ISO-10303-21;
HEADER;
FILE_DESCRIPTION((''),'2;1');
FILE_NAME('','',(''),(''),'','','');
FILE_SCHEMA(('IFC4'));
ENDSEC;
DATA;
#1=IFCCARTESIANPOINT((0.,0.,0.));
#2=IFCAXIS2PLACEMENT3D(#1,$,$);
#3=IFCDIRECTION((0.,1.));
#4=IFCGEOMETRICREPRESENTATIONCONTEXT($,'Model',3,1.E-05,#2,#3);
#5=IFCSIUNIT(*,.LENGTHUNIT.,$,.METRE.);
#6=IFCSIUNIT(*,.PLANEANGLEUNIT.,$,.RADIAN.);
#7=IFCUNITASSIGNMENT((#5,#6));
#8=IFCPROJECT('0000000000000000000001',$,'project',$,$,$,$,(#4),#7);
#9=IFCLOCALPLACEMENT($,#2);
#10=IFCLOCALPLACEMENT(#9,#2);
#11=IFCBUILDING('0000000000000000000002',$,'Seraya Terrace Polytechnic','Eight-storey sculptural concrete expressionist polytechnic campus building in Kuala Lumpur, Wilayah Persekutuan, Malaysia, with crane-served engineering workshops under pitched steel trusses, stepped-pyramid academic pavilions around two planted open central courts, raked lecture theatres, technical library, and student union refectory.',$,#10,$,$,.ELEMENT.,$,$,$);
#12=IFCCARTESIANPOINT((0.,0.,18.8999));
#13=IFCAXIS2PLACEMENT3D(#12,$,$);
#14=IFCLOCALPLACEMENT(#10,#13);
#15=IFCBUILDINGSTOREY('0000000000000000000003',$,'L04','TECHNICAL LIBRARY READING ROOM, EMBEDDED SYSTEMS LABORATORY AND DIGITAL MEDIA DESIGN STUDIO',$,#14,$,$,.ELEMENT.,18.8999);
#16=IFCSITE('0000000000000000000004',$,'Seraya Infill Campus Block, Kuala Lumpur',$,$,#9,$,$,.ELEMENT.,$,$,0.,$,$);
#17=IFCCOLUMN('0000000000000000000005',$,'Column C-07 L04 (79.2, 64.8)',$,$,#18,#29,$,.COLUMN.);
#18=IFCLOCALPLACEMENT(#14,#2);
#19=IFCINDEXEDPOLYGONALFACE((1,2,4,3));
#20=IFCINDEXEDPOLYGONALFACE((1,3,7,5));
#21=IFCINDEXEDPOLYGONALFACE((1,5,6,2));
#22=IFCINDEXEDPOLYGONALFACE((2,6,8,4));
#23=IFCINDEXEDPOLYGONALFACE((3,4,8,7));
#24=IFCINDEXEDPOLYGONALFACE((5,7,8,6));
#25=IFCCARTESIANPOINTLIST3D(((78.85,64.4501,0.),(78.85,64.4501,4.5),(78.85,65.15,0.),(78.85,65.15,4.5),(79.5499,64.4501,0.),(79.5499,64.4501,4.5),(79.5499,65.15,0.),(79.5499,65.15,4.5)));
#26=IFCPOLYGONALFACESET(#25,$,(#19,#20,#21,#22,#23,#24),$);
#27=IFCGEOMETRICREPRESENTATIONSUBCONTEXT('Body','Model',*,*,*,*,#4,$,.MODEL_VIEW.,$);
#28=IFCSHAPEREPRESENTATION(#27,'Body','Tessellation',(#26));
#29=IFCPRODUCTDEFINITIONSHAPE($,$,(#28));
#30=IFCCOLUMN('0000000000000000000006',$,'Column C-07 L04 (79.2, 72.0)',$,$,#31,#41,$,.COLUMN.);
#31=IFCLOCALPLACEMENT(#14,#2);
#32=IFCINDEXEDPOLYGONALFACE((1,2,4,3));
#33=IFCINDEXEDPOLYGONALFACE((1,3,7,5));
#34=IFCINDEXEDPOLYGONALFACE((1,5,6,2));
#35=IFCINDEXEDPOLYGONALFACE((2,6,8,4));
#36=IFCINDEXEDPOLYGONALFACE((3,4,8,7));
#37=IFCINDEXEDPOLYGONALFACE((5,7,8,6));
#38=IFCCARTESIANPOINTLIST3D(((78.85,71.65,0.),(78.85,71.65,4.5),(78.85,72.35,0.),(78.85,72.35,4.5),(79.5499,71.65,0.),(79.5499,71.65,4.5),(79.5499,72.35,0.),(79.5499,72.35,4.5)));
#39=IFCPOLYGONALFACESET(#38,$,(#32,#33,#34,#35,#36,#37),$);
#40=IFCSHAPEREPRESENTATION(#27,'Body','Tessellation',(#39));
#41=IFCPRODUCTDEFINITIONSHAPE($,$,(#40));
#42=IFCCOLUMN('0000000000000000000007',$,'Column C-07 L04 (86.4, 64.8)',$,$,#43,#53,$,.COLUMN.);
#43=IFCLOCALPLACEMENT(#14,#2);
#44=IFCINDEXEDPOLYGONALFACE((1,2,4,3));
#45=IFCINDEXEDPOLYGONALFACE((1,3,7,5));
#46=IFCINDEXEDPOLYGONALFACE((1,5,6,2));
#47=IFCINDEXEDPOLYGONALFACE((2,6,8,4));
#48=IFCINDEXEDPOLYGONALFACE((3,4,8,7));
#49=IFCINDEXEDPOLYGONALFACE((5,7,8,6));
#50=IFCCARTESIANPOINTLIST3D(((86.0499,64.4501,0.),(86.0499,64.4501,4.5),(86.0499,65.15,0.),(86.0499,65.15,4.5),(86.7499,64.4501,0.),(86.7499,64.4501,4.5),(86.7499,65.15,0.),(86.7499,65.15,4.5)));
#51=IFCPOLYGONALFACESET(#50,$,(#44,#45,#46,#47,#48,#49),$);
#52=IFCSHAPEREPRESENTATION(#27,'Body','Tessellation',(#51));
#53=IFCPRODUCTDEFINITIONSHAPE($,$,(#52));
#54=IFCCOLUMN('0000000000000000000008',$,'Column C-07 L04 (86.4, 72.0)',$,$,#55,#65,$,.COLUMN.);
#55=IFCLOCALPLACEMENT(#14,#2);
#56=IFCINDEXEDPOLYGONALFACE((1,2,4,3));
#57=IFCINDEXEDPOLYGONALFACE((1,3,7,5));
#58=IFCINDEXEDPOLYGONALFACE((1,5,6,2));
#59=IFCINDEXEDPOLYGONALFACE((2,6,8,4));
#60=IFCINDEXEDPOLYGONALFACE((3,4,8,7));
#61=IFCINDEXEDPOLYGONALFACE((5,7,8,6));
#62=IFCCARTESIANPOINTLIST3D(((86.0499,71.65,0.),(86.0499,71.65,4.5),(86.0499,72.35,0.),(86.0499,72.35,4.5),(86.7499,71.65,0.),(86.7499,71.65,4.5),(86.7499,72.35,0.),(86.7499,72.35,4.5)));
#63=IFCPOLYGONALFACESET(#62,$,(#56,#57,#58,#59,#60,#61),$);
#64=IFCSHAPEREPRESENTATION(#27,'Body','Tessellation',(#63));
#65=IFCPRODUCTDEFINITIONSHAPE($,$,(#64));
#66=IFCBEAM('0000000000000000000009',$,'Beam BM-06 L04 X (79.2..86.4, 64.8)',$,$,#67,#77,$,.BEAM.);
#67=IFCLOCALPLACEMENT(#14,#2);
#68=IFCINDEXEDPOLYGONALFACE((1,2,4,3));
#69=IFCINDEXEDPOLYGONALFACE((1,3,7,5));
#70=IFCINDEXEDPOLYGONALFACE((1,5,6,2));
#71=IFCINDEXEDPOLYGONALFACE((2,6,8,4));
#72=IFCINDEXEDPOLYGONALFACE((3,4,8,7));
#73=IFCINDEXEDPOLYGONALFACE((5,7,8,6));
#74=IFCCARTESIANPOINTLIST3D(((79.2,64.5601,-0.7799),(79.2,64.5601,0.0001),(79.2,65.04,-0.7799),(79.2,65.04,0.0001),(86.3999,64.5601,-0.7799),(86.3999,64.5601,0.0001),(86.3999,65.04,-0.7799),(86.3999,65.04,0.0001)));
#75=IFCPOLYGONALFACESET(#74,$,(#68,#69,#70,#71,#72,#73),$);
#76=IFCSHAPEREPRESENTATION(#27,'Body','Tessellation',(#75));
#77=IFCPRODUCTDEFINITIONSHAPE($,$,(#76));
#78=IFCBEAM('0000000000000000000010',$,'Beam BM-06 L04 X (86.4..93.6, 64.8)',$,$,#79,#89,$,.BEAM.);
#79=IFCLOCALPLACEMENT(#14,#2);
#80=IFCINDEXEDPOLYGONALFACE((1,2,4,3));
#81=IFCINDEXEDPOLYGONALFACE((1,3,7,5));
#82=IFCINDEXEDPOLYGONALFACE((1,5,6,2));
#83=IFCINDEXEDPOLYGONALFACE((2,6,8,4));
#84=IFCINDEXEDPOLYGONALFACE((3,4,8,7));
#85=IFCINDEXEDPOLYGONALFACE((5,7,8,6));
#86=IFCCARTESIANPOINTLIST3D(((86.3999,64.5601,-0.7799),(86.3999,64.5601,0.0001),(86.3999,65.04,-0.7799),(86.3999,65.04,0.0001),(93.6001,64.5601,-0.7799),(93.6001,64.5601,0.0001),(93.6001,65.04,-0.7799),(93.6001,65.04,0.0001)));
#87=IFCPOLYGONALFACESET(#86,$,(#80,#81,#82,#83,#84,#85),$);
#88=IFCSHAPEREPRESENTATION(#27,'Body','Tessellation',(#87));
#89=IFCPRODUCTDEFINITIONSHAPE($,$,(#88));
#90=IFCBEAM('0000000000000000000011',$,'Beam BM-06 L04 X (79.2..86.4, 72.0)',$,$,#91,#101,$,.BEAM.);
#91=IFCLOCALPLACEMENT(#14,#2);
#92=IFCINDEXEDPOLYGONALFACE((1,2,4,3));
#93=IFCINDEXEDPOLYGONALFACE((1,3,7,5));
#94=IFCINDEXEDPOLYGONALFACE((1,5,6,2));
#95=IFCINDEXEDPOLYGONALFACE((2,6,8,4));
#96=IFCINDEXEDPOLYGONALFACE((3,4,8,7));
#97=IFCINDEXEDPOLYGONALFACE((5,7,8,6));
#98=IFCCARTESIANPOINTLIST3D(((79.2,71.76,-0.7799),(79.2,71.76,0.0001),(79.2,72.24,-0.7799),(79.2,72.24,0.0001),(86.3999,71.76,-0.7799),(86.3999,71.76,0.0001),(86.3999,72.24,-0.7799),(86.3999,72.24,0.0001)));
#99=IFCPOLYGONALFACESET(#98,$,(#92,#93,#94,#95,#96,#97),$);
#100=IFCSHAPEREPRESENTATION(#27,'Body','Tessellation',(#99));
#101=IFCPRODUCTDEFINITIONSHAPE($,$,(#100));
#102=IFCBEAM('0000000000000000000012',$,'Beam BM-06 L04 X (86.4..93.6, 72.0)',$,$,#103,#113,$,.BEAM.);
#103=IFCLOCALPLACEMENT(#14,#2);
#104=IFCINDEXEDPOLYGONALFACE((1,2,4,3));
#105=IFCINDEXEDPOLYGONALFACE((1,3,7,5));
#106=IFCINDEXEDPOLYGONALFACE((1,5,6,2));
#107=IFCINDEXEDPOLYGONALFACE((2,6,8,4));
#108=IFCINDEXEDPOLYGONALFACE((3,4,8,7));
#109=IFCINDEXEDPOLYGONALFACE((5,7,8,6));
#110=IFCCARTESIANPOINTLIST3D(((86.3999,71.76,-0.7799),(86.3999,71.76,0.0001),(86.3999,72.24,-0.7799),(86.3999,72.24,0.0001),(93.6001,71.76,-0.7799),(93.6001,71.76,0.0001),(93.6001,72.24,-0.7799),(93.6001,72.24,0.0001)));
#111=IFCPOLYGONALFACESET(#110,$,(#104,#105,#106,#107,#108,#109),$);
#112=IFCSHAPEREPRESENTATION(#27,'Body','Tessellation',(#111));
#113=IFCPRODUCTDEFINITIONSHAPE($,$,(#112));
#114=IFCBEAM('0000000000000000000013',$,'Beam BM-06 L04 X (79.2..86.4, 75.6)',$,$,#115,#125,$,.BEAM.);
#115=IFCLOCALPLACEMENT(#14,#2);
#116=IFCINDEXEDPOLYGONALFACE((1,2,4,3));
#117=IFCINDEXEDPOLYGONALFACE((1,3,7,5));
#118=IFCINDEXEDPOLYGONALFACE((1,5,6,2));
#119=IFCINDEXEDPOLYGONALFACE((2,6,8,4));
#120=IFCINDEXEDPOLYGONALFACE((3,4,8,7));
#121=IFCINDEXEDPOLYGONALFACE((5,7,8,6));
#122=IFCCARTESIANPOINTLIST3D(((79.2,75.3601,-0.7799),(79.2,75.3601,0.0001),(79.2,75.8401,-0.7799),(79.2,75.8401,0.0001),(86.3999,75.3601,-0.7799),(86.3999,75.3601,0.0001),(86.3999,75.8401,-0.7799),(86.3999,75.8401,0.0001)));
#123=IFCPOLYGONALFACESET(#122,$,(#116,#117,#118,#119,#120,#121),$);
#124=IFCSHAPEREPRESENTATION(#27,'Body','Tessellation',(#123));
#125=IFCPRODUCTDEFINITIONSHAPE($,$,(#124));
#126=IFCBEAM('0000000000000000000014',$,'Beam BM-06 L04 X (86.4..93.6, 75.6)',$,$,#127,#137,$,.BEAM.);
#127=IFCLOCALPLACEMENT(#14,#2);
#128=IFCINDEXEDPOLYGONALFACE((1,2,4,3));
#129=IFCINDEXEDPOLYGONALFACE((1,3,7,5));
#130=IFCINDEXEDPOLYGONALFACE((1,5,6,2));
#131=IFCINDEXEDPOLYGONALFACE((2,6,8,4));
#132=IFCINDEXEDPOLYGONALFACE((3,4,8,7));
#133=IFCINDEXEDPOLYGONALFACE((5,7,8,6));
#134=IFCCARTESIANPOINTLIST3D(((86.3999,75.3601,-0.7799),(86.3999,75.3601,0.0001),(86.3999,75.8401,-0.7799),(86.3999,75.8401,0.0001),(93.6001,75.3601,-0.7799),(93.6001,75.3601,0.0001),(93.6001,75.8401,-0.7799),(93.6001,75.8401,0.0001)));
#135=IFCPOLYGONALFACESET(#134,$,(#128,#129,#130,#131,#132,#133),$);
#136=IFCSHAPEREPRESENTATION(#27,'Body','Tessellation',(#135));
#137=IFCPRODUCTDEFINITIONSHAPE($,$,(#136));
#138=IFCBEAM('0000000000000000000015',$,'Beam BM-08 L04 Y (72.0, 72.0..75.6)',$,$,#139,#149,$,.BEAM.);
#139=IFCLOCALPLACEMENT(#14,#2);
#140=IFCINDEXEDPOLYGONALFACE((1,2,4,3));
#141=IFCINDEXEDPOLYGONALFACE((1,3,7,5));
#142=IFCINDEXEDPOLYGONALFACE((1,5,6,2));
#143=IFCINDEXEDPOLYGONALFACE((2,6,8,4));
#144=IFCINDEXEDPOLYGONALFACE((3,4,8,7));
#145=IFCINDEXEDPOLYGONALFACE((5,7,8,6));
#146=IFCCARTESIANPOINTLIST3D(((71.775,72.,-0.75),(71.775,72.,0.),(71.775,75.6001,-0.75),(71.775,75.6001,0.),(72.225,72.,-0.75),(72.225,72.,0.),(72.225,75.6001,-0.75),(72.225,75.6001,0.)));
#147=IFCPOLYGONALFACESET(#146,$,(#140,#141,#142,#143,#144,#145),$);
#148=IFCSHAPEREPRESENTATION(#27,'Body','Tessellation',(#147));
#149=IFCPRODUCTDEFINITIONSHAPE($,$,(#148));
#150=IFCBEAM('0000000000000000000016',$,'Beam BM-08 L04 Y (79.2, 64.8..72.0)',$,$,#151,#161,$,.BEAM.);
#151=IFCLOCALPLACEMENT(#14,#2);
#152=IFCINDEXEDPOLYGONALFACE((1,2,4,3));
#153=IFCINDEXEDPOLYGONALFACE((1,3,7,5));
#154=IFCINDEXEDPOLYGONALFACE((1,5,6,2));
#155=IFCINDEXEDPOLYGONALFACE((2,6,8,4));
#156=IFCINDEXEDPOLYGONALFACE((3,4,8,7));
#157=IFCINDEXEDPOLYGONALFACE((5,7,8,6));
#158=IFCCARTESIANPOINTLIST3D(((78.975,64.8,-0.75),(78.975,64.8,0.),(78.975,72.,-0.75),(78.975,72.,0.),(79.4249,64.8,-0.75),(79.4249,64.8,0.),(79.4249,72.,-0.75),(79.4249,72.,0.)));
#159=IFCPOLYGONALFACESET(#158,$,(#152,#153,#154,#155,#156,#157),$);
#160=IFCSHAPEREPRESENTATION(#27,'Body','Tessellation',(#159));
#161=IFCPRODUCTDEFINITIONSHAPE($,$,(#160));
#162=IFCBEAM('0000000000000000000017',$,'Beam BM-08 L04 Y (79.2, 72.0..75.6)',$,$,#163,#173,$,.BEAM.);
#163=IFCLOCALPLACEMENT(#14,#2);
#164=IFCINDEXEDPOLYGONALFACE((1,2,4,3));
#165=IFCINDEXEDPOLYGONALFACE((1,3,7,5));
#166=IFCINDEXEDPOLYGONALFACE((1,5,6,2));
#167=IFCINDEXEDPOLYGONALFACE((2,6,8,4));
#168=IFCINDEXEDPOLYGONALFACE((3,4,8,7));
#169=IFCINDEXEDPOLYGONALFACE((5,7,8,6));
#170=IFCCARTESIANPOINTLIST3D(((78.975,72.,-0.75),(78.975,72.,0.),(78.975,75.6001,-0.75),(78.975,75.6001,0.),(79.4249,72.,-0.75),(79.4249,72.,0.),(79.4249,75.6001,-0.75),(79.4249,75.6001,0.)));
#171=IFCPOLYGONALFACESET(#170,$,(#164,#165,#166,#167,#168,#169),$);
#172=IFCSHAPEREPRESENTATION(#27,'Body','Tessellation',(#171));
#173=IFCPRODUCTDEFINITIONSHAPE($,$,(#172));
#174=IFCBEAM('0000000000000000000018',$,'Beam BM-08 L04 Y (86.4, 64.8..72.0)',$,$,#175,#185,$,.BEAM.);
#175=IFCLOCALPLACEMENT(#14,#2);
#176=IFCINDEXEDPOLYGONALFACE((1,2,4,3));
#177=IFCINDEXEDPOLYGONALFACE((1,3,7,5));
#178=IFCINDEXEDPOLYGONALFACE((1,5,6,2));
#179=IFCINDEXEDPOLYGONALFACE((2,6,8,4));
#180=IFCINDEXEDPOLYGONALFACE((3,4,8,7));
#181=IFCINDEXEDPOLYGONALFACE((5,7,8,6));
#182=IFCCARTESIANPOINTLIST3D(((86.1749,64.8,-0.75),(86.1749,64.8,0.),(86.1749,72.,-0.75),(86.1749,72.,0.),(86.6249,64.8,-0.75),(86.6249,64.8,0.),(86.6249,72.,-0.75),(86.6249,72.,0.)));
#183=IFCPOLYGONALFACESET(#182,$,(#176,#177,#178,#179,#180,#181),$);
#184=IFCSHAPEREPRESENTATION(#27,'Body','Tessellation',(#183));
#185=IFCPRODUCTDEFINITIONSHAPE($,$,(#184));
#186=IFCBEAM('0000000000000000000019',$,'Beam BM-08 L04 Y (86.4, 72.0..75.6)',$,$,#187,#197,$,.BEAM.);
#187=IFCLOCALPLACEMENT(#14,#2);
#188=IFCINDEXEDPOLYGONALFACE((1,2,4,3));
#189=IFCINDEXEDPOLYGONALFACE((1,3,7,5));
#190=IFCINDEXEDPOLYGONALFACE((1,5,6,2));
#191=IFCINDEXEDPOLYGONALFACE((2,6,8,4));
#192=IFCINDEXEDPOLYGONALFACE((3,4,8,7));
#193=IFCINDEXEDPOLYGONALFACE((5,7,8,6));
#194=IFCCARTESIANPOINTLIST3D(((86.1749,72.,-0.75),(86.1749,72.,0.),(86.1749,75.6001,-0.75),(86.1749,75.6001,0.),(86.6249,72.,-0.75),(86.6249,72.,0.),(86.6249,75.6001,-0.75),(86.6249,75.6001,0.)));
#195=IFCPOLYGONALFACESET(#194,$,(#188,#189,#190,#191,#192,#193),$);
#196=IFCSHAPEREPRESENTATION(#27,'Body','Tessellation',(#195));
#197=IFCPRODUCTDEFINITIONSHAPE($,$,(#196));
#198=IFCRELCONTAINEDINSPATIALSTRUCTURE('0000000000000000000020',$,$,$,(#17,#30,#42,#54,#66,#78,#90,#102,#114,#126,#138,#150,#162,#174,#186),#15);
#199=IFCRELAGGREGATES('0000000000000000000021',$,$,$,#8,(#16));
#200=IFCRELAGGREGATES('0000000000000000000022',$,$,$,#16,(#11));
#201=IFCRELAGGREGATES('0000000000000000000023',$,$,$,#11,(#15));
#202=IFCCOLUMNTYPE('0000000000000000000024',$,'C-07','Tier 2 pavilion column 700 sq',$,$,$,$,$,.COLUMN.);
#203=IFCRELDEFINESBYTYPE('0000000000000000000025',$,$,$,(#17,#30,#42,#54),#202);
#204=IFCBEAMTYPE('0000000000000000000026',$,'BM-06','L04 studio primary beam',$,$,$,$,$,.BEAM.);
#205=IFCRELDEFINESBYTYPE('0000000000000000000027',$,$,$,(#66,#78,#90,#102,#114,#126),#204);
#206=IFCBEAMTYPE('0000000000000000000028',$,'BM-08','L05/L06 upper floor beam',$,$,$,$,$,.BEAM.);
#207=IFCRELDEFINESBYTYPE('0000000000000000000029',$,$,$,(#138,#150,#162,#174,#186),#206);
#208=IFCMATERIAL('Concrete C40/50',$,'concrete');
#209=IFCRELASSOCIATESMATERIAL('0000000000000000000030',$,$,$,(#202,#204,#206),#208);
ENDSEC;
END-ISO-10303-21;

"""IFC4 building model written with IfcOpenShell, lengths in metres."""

from ifc_helpers import new_model, si_unit, direction, frame, origin, origin_2d, place, context, subcontext, project, spatial, rectangle, extrude, material, material_profile, profile_set, type_object, element, save


model = new_model("IFC4")

# Units and contexts
model_context = context("Model", 3, precision=1e-05, world=origin(), true_north=direction((0.0, 1.0)))
body_context = subcontext(model_context, "Body", "Model", "MODEL_VIEW")
ifc_project = project(units=[si_unit("LENGTHUNIT", "METRE"), si_unit("PLANEANGLEUNIT", "RADIAN")], contexts=[model_context])

# Site, building, storey
site_placement = place(None, origin())
site = spatial("IfcSite", under=ifc_project, at=site_placement, Name="Seraya Infill Campus Block, Kuala Lumpur", CompositionType="ELEMENT", RefElevation=0.0)
building_placement = place(site_placement, origin())
building = spatial("IfcBuilding", under=site, at=building_placement, Name="Seraya Terrace Polytechnic", Description="Eight-storey sculptural concrete expressionist polytechnic campus building in Kuala Lumpur, Wilayah Persekutuan, Malaysia, with crane-served engineering workshops under pitched steel trusses, stepped-pyramid academic pavilions around two planted open central courts, raked lecture theatres, technical library, and student union refectory.", CompositionType="ELEMENT")
storey_placement = place(building_placement, frame((0.0, 0.0, 18.8999)))
storey = spatial("IfcBuildingStorey", under=building, at=storey_placement, Name="L04", Description="TECHNICAL LIBRARY READING ROOM, EMBEDDED SYSTEMS LABORATORY AND DIGITAL MEDIA DESIGN STUDIO", CompositionType="ELEMENT", Elevation=18.8999)

# Columns
ifc_material_1 = material(Name="Concrete C40/50", Category="concrete")
ifc_material_profile_1 = material_profile(ifc_material_1, rectangle(XDim=0.7, YDim=0.7, at=origin_2d()), Name="RC 700x700")
ifc_profile_set_1 = profile_set([ifc_material_profile_1], Name="Concrete C40/50")
column_type = type_object("IfcColumnType", Name="C-07", Description="Tier 2 pavilion column 700 sq", PredefinedType="COLUMN", material=ifc_profile_set_1)
for number, where, z_axis, x_axis, name in (
    (1, (79.2, 64.8, 0.0), (0.0, 0.0, 1.0), (1.0, 0.0, 0.0), "Column C-07 L04 (79.2, 64.8)"),
    (2, (79.2, 72.0, 0.0), (0.0, 0.0, 1.0), (1.0, 0.0, 0.0), "Column C-07 L04 (79.2, 72.0)"),
    (3, (86.3999, 64.8, 0.0), (0.0, 0.0, 1.0), (1.0, 0.0, 0.0), "Column C-07 L04 (86.4, 64.8)"),
    (4, (86.3999, 72.0, 0.0), (0.0, 0.0, 1.0), (1.0, 0.0, 0.0), "Column C-07 L04 (86.4, 72.0)"),
):
    element("IfcColumn", number, at=place(storey_placement, frame(where, z_axis=z_axis, x_axis=x_axis)), inside=storey, type_object=column_type, Name=name, PredefinedType="COLUMN", context=body_context, shape_type="SweptSolid", body=[
        extrude(rectangle(XDim=0.7, YDim=0.7, at=origin_2d()), origin(), (0.0, 0.0, 1.0), 4.5),
    ])

# Beams
ifc_material_profile_2 = material_profile(ifc_material_1, rectangle(XDim=0.48, YDim=0.78, at=origin_2d()), Name="RC 480x780")
ifc_profile_set_2 = profile_set([ifc_material_profile_2], Name="Concrete C40/50")
beam_type_1 = type_object("IfcBeamType", Name="BM-06", Description="L04 studio primary beam", PredefinedType="BEAM", material=ifc_profile_set_2)
beam_1_placement = place(storey_placement, frame((79.2, 64.8, -0.3899), z_axis=(1.0, 0.0, 0.0), x_axis=(0.0, 1.0, 0.0)))
element("IfcBeam", 5, at=beam_1_placement, inside=storey, type_object=beam_type_1, Name="Beam BM-06 L04 X (79.2..86.4, 64.8)", PredefinedType="BEAM", context=body_context, shape_type="SweptSolid", body=[
    extrude(rectangle(XDim=0.48, YDim=0.78, at=origin_2d()), origin(), (0.0, 0.0, 1.0), 7.2),
])
beam_2_placement = place(storey_placement, frame((86.3999, 64.8, -0.3899), z_axis=(1.0, 0.0, 0.0), x_axis=(0.0, 1.0, 0.0)))
element("IfcBeam", 6, at=beam_2_placement, inside=storey, type_object=beam_type_1, Name="Beam BM-06 L04 X (86.4..93.6, 64.8)", PredefinedType="BEAM", context=body_context, shape_type="SweptSolid", body=[
    extrude(rectangle(XDim=0.48, YDim=0.78, at=origin_2d()), origin(), (0.0, 0.0, 1.0), 7.2002),
])
beam_3_placement = place(storey_placement, frame((79.2, 72.0, -0.3899), z_axis=(1.0, 0.0, 0.0), x_axis=(0.0, 1.0, 0.0)))
element("IfcBeam", 7, at=beam_3_placement, inside=storey, type_object=beam_type_1, Name="Beam BM-06 L04 X (79.2..86.4, 72.0)", PredefinedType="BEAM", context=body_context, shape_type="SweptSolid", body=[
    extrude(rectangle(XDim=0.48, YDim=0.78, at=origin_2d()), origin(), (0.0, 0.0, 1.0), 7.2),
])
beam_4_placement = place(storey_placement, frame((86.3999, 72.0, -0.3899), z_axis=(1.0, 0.0, 0.0), x_axis=(0.0, 1.0, 0.0)))
element("IfcBeam", 8, at=beam_4_placement, inside=storey, type_object=beam_type_1, Name="Beam BM-06 L04 X (86.4..93.6, 72.0)", PredefinedType="BEAM", context=body_context, shape_type="SweptSolid", body=[
    extrude(rectangle(XDim=0.48, YDim=0.78, at=origin_2d()), origin(), (0.0, 0.0, 1.0), 7.2002),
])
beam_5_placement = place(storey_placement, frame((79.2, 75.6001, -0.3899), z_axis=(1.0, 0.0, 0.0), x_axis=(0.0, 1.0, 0.0)))
element("IfcBeam", 9, at=beam_5_placement, inside=storey, type_object=beam_type_1, Name="Beam BM-06 L04 X (79.2..86.4, 75.6)", PredefinedType="BEAM", context=body_context, shape_type="SweptSolid", body=[
    extrude(rectangle(XDim=0.48, YDim=0.78, at=origin_2d()), origin(), (0.0, 0.0, 1.0), 7.2),
])
beam_6_placement = place(storey_placement, frame((86.3999, 75.6001, -0.3899), z_axis=(1.0, 0.0, 0.0), x_axis=(0.0, 1.0, 0.0)))
element("IfcBeam", 10, at=beam_6_placement, inside=storey, type_object=beam_type_1, Name="Beam BM-06 L04 X (86.4..93.6, 75.6)", PredefinedType="BEAM", context=body_context, shape_type="SweptSolid", body=[
    extrude(rectangle(XDim=0.48, YDim=0.78, at=origin_2d()), origin(), (0.0, 0.0, 1.0), 7.2002),
])
ifc_material_profile_3 = material_profile(ifc_material_1, rectangle(XDim=0.45, YDim=0.75, at=origin_2d()), Name="RC 450x750")
ifc_profile_set_3 = profile_set([ifc_material_profile_3], Name="Concrete C40/50")
beam_type_2 = type_object("IfcBeamType", Name="BM-08", Description="L05/L06 upper floor beam", PredefinedType="BEAM", material=ifc_profile_set_3)
beam_7_placement = place(storey_placement, frame((72.0, 72.0, -0.375), z_axis=(0.0, 1.0, 0.0), x_axis=(-1.0, 0.0, 0.0)))
element("IfcBeam", 11, at=beam_7_placement, inside=storey, type_object=beam_type_2, Name="Beam BM-08 L04 Y (72.0, 72.0..75.6)", PredefinedType="BEAM", context=body_context, shape_type="SweptSolid", body=[
    extrude(rectangle(XDim=0.45, YDim=0.75, at=origin_2d()), origin(), (0.0, 0.0, 1.0), 3.6001),
])
beam_8_placement = place(storey_placement, frame((79.2, 64.8, -0.375), z_axis=(0.0, 1.0, 0.0), x_axis=(-1.0, 0.0, 0.0)))
element("IfcBeam", 12, at=beam_8_placement, inside=storey, type_object=beam_type_2, Name="Beam BM-08 L04 Y (79.2, 64.8..72.0)", PredefinedType="BEAM", context=body_context, shape_type="SweptSolid", body=[
    extrude(rectangle(XDim=0.45, YDim=0.75, at=origin_2d()), origin(), (0.0, 0.0, 1.0), 7.2),
])
beam_9_placement = place(storey_placement, frame((79.2, 72.0, -0.375), z_axis=(0.0, 1.0, 0.0), x_axis=(-1.0, 0.0, 0.0)))
element("IfcBeam", 13, at=beam_9_placement, inside=storey, type_object=beam_type_2, Name="Beam BM-08 L04 Y (79.2, 72.0..75.6)", PredefinedType="BEAM", context=body_context, shape_type="SweptSolid", body=[
    extrude(rectangle(XDim=0.45, YDim=0.75, at=origin_2d()), origin(), (0.0, 0.0, 1.0), 3.6001),
])
beam_10_placement = place(storey_placement, frame((86.3999, 64.8, -0.375), z_axis=(0.0, 1.0, 0.0), x_axis=(-1.0, 0.0, 0.0)))
element("IfcBeam", 14, at=beam_10_placement, inside=storey, type_object=beam_type_2, Name="Beam BM-08 L04 Y (86.4, 64.8..72.0)", PredefinedType="BEAM", context=body_context, shape_type="SweptSolid", body=[
    extrude(rectangle(XDim=0.45, YDim=0.75, at=origin_2d()), origin(), (0.0, 0.0, 1.0), 7.2),
])
beam_11_placement = place(storey_placement, frame((86.3999, 72.0, -0.375), z_axis=(0.0, 1.0, 0.0), x_axis=(-1.0, 0.0, 0.0)))
element("IfcBeam", 15, at=beam_11_placement, inside=storey, type_object=beam_type_2, Name="Beam BM-08 L04 Y (86.4, 72.0..75.6)", PredefinedType="BEAM", context=body_context, shape_type="SweptSolid", body=[
    extrude(rectangle(XDim=0.45, YDim=0.75, at=origin_2d()), origin(), (0.0, 0.0, 1.0), 3.6001),
])

save(model, "model.ifc")
